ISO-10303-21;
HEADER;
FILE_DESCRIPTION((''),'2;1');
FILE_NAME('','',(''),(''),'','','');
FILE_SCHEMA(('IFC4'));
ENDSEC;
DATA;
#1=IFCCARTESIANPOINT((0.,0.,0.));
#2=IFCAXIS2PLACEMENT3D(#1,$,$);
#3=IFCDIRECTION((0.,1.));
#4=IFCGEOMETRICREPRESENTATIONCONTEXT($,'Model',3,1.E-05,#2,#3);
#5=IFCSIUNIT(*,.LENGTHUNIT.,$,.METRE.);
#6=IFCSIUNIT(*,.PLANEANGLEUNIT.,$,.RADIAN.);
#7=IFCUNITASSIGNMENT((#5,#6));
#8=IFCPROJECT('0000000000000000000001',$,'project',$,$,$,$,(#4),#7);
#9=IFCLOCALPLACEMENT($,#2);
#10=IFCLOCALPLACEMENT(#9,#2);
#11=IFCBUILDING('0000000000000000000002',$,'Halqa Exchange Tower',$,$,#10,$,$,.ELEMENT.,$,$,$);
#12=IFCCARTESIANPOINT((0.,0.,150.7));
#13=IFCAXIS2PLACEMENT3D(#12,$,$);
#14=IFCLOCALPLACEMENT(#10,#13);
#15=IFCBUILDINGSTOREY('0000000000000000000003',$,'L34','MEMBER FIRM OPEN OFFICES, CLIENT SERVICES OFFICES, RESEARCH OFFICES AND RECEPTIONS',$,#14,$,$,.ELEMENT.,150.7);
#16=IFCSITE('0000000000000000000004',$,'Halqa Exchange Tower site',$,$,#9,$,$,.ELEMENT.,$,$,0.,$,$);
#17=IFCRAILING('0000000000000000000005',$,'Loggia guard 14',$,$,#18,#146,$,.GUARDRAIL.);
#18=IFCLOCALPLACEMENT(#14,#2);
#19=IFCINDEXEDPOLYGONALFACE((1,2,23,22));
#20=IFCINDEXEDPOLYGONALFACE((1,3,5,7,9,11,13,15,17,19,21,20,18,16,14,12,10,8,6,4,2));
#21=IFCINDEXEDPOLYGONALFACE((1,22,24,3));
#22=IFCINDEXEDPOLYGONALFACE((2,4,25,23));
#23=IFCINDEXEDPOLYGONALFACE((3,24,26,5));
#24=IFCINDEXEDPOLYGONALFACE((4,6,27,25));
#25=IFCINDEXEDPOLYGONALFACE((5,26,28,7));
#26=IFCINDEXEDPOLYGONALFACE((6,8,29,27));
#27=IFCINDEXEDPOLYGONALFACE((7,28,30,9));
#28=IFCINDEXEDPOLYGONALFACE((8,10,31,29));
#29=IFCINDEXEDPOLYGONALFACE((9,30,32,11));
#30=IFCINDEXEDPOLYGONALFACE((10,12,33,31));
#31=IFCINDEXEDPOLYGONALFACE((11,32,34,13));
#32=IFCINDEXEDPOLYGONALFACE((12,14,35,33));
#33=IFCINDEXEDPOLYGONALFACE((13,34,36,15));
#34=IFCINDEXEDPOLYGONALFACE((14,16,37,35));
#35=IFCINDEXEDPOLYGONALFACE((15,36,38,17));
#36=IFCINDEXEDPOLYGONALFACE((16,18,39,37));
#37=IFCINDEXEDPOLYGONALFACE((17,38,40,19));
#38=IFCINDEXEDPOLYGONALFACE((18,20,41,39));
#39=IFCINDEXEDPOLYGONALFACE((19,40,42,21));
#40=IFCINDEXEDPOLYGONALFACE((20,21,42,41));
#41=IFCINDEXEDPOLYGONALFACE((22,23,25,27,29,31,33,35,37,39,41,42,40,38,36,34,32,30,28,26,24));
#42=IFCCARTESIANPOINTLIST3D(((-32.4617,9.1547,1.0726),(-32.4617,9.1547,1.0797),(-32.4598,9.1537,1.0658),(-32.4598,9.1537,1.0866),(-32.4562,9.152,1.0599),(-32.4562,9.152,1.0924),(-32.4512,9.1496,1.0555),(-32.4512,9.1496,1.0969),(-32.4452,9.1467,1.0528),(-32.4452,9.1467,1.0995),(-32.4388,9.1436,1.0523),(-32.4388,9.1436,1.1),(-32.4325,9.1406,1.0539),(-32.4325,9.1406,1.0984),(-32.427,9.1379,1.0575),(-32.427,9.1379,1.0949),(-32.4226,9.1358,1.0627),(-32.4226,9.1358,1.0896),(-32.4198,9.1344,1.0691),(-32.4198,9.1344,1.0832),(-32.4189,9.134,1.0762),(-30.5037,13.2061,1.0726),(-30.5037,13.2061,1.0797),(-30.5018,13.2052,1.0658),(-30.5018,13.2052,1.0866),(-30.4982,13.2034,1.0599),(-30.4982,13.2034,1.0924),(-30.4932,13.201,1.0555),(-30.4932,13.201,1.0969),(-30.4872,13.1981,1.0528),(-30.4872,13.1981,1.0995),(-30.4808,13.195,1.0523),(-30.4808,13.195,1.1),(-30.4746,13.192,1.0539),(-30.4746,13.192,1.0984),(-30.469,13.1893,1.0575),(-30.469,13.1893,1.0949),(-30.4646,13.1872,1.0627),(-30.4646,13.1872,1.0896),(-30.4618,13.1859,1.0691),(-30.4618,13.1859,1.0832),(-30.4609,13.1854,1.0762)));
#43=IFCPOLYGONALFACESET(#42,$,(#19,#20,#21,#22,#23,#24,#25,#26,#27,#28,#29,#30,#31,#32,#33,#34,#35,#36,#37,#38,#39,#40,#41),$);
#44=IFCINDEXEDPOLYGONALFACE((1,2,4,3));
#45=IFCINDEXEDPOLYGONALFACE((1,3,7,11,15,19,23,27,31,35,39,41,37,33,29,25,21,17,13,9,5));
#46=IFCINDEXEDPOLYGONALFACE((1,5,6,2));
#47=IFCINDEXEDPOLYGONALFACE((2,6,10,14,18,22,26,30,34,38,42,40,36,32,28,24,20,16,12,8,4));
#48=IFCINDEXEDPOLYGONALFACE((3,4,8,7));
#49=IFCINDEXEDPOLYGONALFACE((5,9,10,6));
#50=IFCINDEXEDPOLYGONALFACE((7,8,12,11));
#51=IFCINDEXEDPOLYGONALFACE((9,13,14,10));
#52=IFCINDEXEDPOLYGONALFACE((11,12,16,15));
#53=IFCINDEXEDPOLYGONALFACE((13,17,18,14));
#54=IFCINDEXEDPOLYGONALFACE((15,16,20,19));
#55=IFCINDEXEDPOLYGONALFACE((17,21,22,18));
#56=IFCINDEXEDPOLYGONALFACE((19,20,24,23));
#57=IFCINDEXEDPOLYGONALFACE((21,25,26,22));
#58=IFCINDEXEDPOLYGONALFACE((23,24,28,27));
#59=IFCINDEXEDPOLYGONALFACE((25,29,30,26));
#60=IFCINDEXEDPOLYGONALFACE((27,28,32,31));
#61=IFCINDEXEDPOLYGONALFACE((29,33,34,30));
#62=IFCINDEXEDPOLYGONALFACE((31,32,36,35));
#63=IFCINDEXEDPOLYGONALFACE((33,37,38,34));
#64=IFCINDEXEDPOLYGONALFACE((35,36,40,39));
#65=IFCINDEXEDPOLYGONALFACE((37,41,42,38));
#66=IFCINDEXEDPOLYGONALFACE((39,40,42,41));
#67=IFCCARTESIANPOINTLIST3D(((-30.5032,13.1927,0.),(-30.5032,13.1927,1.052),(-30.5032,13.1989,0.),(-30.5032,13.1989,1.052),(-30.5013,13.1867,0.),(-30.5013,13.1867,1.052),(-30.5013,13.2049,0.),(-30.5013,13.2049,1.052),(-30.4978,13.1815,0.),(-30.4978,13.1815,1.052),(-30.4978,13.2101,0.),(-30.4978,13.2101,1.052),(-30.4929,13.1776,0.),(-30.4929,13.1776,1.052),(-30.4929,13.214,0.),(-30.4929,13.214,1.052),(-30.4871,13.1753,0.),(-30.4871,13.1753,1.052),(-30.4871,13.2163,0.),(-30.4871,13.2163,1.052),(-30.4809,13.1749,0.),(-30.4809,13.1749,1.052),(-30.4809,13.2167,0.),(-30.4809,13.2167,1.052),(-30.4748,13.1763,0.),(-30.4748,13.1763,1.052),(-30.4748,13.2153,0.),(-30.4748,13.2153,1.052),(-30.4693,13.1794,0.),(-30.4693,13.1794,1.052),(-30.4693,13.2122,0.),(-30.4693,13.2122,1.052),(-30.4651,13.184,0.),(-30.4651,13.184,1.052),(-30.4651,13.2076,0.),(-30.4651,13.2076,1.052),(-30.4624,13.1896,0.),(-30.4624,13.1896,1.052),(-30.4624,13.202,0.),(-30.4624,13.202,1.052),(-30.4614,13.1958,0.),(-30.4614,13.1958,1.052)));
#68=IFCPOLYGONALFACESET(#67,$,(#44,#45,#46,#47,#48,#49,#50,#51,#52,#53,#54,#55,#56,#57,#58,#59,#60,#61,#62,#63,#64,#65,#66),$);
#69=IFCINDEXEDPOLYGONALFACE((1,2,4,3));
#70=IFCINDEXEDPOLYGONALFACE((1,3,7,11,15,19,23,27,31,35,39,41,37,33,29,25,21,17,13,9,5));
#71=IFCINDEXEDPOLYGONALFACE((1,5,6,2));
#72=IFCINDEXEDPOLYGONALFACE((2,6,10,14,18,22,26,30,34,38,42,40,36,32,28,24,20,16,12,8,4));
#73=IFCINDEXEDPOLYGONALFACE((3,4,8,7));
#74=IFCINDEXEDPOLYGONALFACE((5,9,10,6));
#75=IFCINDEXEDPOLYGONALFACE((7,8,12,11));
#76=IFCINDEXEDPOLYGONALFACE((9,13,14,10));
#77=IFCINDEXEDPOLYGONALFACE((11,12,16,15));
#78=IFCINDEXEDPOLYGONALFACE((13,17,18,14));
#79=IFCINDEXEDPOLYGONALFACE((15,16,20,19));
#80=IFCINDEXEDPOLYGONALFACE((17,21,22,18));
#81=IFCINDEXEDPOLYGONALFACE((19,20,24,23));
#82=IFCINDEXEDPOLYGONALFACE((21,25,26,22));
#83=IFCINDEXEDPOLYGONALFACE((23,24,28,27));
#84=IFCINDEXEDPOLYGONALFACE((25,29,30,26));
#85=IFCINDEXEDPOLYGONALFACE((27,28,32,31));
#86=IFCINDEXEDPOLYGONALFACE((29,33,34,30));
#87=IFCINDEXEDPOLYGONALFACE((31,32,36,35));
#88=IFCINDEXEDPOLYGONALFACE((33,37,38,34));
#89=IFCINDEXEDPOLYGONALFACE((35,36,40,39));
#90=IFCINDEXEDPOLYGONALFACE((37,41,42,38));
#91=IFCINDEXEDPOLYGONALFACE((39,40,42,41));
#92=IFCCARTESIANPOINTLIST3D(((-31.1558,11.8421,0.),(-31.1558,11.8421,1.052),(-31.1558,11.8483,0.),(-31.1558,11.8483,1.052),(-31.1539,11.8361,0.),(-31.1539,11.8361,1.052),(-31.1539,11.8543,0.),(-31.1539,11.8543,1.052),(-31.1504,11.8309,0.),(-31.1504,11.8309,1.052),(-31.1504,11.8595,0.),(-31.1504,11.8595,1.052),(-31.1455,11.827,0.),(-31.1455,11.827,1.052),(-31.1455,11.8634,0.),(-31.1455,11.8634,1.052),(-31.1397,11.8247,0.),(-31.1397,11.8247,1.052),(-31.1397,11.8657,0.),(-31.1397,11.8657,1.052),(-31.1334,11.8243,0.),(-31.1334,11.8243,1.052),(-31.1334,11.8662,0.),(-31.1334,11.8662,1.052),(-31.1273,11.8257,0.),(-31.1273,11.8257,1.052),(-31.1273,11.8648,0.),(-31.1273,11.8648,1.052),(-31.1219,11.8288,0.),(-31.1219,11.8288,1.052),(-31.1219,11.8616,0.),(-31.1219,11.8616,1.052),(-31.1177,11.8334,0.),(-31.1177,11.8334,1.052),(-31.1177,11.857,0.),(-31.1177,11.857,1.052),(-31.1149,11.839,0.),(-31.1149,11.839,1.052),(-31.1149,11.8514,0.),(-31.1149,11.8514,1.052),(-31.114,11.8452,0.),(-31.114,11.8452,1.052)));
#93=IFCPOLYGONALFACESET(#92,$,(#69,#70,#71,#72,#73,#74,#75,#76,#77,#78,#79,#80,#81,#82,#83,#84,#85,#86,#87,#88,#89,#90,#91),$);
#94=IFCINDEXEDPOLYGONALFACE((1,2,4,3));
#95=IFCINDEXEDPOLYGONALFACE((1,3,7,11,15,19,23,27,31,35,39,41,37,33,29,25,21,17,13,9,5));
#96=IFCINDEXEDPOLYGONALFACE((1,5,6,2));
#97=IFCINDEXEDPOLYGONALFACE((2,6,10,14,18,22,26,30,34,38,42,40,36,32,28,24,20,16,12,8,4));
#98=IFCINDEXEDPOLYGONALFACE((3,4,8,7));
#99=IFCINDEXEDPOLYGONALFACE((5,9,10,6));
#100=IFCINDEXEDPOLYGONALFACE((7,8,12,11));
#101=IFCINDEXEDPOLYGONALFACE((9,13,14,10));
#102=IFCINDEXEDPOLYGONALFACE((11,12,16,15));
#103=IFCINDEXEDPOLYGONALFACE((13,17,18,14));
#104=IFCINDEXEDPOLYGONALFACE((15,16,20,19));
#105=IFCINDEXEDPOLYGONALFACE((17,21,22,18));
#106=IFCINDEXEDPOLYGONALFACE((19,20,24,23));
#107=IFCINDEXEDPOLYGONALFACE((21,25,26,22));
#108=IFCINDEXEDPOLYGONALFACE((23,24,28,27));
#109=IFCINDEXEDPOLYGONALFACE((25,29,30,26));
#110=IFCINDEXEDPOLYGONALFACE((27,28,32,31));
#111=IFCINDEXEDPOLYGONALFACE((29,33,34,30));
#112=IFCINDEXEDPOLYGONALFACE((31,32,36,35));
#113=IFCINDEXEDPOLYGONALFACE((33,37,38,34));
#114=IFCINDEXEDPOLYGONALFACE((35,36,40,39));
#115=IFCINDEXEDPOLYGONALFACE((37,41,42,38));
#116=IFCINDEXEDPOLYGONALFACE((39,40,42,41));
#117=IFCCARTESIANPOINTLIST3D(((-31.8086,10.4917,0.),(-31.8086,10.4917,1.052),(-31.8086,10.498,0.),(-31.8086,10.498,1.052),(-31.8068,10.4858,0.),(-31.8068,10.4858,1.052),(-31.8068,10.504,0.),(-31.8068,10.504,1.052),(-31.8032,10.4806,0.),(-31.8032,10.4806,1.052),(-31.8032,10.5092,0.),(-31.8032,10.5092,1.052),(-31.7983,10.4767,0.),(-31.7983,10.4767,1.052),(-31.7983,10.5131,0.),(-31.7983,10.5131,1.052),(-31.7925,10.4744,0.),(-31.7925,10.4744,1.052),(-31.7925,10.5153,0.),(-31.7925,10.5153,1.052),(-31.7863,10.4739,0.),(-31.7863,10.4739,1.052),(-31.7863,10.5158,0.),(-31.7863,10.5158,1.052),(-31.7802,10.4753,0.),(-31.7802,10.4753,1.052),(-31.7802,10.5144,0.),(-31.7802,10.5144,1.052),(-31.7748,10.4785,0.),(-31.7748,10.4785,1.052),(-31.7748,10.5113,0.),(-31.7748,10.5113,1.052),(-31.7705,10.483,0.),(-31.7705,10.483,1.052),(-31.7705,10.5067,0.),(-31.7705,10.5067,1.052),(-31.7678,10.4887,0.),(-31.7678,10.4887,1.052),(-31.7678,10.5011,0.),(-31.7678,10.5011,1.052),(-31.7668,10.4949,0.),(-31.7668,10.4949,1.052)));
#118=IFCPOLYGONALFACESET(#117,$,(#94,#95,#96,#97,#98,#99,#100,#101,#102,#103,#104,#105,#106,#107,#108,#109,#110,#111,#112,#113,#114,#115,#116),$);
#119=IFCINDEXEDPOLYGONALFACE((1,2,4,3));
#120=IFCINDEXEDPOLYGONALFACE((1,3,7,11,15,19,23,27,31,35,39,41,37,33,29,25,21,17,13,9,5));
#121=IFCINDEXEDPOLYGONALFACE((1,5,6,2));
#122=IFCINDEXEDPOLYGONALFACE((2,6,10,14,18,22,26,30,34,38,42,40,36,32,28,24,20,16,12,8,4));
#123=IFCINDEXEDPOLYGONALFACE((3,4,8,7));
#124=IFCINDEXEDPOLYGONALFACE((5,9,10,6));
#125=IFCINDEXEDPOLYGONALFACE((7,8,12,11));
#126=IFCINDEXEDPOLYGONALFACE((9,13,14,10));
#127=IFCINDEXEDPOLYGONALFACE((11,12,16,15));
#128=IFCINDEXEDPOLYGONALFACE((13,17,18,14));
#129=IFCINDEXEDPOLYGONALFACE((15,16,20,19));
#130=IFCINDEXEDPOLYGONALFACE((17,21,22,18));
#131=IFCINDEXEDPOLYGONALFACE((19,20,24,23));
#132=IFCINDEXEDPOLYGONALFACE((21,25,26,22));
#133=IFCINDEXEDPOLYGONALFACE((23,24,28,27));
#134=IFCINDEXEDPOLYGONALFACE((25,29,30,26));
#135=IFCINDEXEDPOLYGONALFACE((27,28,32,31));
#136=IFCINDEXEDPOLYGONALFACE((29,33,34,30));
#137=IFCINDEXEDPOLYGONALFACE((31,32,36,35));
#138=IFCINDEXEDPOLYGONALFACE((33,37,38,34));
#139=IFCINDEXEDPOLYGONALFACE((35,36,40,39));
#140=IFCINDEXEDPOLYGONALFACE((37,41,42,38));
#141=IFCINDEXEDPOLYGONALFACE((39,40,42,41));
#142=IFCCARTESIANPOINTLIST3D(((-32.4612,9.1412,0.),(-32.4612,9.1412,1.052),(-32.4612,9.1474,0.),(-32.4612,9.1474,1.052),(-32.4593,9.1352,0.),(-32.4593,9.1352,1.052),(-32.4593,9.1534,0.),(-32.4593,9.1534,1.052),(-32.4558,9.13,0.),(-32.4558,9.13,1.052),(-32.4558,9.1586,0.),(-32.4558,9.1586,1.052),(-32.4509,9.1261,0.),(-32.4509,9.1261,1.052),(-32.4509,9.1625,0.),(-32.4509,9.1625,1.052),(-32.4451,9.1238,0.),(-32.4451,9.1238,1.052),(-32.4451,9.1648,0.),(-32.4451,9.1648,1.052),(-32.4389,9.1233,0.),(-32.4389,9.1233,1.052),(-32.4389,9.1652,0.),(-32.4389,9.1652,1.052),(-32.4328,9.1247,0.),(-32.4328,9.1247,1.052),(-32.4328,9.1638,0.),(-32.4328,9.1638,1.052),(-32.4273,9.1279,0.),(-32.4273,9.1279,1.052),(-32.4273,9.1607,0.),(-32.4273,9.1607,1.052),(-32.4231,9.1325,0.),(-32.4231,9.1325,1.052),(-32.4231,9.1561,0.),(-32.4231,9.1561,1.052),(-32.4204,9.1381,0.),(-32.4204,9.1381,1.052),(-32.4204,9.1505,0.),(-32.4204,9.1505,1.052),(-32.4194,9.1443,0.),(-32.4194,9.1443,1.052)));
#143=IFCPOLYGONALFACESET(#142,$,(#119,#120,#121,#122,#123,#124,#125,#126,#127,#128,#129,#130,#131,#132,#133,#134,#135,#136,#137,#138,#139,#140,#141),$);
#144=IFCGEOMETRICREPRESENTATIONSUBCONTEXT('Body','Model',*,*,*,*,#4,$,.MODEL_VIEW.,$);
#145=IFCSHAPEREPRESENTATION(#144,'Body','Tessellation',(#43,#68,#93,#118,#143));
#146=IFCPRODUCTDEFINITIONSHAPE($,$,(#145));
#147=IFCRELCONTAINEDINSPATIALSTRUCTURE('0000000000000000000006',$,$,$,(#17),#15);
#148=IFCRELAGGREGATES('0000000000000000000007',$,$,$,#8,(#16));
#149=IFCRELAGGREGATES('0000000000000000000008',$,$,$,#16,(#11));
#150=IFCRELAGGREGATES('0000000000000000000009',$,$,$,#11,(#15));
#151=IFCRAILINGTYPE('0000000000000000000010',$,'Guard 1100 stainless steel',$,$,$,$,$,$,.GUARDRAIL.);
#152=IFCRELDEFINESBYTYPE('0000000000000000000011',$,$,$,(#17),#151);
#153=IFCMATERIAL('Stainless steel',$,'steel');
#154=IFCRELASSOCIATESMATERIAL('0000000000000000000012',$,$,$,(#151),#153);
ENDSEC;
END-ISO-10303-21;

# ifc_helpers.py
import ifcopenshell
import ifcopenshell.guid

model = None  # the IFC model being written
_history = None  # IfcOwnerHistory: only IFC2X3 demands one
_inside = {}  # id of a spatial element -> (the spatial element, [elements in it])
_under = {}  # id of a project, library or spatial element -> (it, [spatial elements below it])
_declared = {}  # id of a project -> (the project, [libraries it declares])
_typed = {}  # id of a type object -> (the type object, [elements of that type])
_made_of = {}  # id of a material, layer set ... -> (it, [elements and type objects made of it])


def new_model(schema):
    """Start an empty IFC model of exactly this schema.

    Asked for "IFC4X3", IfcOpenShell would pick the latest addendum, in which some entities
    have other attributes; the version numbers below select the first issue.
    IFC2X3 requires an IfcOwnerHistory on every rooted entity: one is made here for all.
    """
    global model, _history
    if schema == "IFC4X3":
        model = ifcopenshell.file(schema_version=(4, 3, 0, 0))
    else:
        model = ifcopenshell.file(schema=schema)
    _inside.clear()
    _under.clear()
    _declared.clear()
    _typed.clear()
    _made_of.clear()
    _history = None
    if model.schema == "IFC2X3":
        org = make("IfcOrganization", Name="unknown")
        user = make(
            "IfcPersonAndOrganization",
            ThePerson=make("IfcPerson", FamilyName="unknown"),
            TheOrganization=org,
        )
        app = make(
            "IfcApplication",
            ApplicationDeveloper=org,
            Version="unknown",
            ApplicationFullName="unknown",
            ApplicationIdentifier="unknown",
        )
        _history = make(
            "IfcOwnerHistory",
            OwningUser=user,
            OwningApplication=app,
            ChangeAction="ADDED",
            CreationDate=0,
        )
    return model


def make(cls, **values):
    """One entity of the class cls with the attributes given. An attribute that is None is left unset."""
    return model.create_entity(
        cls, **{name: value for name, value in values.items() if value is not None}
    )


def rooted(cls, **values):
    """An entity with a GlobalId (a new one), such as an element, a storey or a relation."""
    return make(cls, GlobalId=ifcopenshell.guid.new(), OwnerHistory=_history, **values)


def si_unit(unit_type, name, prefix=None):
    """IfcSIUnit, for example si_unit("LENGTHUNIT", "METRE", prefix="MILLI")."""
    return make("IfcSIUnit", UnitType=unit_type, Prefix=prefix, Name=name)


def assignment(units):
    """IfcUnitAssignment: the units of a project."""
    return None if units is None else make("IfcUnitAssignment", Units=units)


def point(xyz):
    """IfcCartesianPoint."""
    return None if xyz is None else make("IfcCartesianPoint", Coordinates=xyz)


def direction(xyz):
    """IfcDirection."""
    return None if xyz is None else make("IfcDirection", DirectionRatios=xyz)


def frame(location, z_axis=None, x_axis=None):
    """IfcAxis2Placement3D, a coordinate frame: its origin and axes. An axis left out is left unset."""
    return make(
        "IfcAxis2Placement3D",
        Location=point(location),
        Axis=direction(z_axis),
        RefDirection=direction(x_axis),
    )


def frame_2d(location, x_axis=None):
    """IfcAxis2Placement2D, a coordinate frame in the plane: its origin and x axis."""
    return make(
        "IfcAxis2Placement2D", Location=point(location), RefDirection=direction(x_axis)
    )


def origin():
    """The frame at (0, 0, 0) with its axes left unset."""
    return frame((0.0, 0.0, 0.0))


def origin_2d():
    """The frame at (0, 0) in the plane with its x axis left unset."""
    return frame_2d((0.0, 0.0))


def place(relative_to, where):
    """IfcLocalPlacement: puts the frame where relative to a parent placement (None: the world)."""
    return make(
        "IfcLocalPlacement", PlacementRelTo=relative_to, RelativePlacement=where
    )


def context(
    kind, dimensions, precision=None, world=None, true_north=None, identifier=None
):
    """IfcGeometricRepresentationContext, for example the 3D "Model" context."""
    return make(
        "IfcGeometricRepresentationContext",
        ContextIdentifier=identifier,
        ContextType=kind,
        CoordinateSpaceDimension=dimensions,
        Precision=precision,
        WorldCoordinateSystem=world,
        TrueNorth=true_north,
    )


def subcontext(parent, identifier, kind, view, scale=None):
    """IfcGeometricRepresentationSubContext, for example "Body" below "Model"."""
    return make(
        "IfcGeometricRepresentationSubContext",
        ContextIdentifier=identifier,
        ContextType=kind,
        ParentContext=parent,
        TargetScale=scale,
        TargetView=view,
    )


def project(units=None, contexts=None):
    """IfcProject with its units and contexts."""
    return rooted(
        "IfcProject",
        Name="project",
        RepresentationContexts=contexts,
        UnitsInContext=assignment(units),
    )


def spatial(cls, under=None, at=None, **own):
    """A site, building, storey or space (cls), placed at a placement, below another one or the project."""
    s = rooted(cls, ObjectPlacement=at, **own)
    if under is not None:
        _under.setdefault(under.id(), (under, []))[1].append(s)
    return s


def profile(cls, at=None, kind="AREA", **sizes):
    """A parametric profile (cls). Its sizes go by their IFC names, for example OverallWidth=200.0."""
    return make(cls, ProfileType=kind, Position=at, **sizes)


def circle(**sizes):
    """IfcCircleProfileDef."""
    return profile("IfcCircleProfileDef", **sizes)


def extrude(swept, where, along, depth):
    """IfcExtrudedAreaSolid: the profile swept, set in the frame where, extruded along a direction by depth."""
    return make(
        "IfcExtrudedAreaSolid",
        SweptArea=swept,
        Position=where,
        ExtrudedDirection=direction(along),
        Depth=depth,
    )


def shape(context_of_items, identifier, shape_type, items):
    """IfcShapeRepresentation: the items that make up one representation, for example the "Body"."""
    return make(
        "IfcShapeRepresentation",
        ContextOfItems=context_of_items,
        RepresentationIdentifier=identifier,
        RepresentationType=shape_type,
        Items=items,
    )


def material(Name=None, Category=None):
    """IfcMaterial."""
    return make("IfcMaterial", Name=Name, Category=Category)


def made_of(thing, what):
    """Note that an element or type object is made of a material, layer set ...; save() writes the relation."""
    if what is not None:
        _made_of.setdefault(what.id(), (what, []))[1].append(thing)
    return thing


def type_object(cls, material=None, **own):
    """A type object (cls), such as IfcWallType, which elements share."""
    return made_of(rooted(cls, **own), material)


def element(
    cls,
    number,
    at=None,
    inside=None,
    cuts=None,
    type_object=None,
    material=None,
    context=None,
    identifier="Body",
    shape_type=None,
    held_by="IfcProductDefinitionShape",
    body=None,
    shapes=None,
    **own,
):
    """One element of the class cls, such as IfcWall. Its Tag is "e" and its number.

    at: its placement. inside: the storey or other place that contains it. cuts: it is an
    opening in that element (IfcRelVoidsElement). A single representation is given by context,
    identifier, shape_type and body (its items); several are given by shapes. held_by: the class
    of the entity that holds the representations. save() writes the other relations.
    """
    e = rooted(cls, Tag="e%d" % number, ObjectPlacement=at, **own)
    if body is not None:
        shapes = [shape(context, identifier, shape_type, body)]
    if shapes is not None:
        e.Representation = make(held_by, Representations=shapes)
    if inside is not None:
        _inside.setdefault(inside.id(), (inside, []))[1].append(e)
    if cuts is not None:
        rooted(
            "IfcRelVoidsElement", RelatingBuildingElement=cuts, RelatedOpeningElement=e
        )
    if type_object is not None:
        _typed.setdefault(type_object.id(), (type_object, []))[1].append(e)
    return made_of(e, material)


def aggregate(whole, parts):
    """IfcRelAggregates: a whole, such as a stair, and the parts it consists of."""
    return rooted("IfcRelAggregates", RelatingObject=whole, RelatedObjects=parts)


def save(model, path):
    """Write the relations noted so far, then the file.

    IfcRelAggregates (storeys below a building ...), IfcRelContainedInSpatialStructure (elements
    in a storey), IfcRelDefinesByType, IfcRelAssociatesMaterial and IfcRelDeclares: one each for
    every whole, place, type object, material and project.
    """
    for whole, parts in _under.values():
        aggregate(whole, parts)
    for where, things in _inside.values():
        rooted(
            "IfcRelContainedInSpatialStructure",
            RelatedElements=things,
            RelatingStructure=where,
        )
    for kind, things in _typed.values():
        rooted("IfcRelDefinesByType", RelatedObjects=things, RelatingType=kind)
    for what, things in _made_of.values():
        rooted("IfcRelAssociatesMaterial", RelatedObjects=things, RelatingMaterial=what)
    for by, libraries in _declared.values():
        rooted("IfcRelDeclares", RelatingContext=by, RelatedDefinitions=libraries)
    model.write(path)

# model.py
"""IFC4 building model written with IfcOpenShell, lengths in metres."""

from ifc_helpers import new_model, si_unit, direction, frame, origin, origin_2d, place, context, subcontext, project, spatial, circle, extrude, material, type_object, element, save


model = new_model("IFC4")

# Units and contexts
model_context = context("Model", 3, precision=1e-05, world=origin(), true_north=direction((0.0, 1.0)))
body_context = subcontext(model_context, "Body", "Model", "MODEL_VIEW")
ifc_project = project(units=[si_unit("LENGTHUNIT", "METRE"), si_unit("PLANEANGLEUNIT", "RADIAN")], contexts=[model_context])

# Site, building, storey
site_placement = place(None, origin())
site = spatial("IfcSite", under=ifc_project, at=site_placement, Name="Halqa Exchange Tower site", CompositionType="ELEMENT", RefElevation=0.0)
building_placement = place(site_placement, origin())
building = spatial("IfcBuilding", under=site, at=building_placement, Name="Halqa Exchange Tower", CompositionType="ELEMENT")
storey_placement = place(building_placement, frame((0.0, 0.0, 150.7)))
storey = spatial("IfcBuildingStorey", under=building, at=storey_placement, Name="L34", Description="MEMBER FIRM OPEN OFFICES, CLIENT SERVICES OFFICES, RESEARCH OFFICES AND RECEPTIONS", CompositionType="ELEMENT", Elevation=150.7)

# Railing
ifc_material_1 = material(Name="Stainless steel", Category="steel")
railing_type = type_object("IfcRailingType", Name="Guard 1100 stainless steel", PredefinedType="GUARDRAIL", material=ifc_material_1)
railing_1_placement = place(storey_placement, frame((-30.4824, 13.1958, 0.0)))
element("IfcRailing", 1, at=railing_1_placement, inside=storey, type_object=railing_type, Name="Loggia guard 14", PredefinedType="GUARDRAIL", context=body_context, shape_type="SweptSolid", body=[
    extrude(circle(Radius=0.0239, at=origin_2d()), frame((0.0, 0.0, 1.0762), z_axis=(-0.435128, -0.900368, 0.0), x_axis=(0.900368, -0.435128, 0.0)), (0.0, 0.0, 1.0), 4.4998),
    extrude(circle(Radius=0.021, at=origin_2d()), origin(), (0.0, 0.0, 1.0), 1.052),
    extrude(circle(Radius=0.021, at=origin_2d()), frame((-0.6526, -1.3506, 0.0)), (0.0, 0.0, 1.0), 1.052),
    extrude(circle(Radius=0.021, at=origin_2d()), frame((-1.3054, -2.7009, 0.0)), (0.0, 0.0, 1.0), 1.052),
    extrude(circle(Radius=0.021, at=origin_2d()), frame((-1.958, -4.0515, 0.0)), (0.0, 0.0, 1.0), 1.052),
])

save(model, "model.ifc")
